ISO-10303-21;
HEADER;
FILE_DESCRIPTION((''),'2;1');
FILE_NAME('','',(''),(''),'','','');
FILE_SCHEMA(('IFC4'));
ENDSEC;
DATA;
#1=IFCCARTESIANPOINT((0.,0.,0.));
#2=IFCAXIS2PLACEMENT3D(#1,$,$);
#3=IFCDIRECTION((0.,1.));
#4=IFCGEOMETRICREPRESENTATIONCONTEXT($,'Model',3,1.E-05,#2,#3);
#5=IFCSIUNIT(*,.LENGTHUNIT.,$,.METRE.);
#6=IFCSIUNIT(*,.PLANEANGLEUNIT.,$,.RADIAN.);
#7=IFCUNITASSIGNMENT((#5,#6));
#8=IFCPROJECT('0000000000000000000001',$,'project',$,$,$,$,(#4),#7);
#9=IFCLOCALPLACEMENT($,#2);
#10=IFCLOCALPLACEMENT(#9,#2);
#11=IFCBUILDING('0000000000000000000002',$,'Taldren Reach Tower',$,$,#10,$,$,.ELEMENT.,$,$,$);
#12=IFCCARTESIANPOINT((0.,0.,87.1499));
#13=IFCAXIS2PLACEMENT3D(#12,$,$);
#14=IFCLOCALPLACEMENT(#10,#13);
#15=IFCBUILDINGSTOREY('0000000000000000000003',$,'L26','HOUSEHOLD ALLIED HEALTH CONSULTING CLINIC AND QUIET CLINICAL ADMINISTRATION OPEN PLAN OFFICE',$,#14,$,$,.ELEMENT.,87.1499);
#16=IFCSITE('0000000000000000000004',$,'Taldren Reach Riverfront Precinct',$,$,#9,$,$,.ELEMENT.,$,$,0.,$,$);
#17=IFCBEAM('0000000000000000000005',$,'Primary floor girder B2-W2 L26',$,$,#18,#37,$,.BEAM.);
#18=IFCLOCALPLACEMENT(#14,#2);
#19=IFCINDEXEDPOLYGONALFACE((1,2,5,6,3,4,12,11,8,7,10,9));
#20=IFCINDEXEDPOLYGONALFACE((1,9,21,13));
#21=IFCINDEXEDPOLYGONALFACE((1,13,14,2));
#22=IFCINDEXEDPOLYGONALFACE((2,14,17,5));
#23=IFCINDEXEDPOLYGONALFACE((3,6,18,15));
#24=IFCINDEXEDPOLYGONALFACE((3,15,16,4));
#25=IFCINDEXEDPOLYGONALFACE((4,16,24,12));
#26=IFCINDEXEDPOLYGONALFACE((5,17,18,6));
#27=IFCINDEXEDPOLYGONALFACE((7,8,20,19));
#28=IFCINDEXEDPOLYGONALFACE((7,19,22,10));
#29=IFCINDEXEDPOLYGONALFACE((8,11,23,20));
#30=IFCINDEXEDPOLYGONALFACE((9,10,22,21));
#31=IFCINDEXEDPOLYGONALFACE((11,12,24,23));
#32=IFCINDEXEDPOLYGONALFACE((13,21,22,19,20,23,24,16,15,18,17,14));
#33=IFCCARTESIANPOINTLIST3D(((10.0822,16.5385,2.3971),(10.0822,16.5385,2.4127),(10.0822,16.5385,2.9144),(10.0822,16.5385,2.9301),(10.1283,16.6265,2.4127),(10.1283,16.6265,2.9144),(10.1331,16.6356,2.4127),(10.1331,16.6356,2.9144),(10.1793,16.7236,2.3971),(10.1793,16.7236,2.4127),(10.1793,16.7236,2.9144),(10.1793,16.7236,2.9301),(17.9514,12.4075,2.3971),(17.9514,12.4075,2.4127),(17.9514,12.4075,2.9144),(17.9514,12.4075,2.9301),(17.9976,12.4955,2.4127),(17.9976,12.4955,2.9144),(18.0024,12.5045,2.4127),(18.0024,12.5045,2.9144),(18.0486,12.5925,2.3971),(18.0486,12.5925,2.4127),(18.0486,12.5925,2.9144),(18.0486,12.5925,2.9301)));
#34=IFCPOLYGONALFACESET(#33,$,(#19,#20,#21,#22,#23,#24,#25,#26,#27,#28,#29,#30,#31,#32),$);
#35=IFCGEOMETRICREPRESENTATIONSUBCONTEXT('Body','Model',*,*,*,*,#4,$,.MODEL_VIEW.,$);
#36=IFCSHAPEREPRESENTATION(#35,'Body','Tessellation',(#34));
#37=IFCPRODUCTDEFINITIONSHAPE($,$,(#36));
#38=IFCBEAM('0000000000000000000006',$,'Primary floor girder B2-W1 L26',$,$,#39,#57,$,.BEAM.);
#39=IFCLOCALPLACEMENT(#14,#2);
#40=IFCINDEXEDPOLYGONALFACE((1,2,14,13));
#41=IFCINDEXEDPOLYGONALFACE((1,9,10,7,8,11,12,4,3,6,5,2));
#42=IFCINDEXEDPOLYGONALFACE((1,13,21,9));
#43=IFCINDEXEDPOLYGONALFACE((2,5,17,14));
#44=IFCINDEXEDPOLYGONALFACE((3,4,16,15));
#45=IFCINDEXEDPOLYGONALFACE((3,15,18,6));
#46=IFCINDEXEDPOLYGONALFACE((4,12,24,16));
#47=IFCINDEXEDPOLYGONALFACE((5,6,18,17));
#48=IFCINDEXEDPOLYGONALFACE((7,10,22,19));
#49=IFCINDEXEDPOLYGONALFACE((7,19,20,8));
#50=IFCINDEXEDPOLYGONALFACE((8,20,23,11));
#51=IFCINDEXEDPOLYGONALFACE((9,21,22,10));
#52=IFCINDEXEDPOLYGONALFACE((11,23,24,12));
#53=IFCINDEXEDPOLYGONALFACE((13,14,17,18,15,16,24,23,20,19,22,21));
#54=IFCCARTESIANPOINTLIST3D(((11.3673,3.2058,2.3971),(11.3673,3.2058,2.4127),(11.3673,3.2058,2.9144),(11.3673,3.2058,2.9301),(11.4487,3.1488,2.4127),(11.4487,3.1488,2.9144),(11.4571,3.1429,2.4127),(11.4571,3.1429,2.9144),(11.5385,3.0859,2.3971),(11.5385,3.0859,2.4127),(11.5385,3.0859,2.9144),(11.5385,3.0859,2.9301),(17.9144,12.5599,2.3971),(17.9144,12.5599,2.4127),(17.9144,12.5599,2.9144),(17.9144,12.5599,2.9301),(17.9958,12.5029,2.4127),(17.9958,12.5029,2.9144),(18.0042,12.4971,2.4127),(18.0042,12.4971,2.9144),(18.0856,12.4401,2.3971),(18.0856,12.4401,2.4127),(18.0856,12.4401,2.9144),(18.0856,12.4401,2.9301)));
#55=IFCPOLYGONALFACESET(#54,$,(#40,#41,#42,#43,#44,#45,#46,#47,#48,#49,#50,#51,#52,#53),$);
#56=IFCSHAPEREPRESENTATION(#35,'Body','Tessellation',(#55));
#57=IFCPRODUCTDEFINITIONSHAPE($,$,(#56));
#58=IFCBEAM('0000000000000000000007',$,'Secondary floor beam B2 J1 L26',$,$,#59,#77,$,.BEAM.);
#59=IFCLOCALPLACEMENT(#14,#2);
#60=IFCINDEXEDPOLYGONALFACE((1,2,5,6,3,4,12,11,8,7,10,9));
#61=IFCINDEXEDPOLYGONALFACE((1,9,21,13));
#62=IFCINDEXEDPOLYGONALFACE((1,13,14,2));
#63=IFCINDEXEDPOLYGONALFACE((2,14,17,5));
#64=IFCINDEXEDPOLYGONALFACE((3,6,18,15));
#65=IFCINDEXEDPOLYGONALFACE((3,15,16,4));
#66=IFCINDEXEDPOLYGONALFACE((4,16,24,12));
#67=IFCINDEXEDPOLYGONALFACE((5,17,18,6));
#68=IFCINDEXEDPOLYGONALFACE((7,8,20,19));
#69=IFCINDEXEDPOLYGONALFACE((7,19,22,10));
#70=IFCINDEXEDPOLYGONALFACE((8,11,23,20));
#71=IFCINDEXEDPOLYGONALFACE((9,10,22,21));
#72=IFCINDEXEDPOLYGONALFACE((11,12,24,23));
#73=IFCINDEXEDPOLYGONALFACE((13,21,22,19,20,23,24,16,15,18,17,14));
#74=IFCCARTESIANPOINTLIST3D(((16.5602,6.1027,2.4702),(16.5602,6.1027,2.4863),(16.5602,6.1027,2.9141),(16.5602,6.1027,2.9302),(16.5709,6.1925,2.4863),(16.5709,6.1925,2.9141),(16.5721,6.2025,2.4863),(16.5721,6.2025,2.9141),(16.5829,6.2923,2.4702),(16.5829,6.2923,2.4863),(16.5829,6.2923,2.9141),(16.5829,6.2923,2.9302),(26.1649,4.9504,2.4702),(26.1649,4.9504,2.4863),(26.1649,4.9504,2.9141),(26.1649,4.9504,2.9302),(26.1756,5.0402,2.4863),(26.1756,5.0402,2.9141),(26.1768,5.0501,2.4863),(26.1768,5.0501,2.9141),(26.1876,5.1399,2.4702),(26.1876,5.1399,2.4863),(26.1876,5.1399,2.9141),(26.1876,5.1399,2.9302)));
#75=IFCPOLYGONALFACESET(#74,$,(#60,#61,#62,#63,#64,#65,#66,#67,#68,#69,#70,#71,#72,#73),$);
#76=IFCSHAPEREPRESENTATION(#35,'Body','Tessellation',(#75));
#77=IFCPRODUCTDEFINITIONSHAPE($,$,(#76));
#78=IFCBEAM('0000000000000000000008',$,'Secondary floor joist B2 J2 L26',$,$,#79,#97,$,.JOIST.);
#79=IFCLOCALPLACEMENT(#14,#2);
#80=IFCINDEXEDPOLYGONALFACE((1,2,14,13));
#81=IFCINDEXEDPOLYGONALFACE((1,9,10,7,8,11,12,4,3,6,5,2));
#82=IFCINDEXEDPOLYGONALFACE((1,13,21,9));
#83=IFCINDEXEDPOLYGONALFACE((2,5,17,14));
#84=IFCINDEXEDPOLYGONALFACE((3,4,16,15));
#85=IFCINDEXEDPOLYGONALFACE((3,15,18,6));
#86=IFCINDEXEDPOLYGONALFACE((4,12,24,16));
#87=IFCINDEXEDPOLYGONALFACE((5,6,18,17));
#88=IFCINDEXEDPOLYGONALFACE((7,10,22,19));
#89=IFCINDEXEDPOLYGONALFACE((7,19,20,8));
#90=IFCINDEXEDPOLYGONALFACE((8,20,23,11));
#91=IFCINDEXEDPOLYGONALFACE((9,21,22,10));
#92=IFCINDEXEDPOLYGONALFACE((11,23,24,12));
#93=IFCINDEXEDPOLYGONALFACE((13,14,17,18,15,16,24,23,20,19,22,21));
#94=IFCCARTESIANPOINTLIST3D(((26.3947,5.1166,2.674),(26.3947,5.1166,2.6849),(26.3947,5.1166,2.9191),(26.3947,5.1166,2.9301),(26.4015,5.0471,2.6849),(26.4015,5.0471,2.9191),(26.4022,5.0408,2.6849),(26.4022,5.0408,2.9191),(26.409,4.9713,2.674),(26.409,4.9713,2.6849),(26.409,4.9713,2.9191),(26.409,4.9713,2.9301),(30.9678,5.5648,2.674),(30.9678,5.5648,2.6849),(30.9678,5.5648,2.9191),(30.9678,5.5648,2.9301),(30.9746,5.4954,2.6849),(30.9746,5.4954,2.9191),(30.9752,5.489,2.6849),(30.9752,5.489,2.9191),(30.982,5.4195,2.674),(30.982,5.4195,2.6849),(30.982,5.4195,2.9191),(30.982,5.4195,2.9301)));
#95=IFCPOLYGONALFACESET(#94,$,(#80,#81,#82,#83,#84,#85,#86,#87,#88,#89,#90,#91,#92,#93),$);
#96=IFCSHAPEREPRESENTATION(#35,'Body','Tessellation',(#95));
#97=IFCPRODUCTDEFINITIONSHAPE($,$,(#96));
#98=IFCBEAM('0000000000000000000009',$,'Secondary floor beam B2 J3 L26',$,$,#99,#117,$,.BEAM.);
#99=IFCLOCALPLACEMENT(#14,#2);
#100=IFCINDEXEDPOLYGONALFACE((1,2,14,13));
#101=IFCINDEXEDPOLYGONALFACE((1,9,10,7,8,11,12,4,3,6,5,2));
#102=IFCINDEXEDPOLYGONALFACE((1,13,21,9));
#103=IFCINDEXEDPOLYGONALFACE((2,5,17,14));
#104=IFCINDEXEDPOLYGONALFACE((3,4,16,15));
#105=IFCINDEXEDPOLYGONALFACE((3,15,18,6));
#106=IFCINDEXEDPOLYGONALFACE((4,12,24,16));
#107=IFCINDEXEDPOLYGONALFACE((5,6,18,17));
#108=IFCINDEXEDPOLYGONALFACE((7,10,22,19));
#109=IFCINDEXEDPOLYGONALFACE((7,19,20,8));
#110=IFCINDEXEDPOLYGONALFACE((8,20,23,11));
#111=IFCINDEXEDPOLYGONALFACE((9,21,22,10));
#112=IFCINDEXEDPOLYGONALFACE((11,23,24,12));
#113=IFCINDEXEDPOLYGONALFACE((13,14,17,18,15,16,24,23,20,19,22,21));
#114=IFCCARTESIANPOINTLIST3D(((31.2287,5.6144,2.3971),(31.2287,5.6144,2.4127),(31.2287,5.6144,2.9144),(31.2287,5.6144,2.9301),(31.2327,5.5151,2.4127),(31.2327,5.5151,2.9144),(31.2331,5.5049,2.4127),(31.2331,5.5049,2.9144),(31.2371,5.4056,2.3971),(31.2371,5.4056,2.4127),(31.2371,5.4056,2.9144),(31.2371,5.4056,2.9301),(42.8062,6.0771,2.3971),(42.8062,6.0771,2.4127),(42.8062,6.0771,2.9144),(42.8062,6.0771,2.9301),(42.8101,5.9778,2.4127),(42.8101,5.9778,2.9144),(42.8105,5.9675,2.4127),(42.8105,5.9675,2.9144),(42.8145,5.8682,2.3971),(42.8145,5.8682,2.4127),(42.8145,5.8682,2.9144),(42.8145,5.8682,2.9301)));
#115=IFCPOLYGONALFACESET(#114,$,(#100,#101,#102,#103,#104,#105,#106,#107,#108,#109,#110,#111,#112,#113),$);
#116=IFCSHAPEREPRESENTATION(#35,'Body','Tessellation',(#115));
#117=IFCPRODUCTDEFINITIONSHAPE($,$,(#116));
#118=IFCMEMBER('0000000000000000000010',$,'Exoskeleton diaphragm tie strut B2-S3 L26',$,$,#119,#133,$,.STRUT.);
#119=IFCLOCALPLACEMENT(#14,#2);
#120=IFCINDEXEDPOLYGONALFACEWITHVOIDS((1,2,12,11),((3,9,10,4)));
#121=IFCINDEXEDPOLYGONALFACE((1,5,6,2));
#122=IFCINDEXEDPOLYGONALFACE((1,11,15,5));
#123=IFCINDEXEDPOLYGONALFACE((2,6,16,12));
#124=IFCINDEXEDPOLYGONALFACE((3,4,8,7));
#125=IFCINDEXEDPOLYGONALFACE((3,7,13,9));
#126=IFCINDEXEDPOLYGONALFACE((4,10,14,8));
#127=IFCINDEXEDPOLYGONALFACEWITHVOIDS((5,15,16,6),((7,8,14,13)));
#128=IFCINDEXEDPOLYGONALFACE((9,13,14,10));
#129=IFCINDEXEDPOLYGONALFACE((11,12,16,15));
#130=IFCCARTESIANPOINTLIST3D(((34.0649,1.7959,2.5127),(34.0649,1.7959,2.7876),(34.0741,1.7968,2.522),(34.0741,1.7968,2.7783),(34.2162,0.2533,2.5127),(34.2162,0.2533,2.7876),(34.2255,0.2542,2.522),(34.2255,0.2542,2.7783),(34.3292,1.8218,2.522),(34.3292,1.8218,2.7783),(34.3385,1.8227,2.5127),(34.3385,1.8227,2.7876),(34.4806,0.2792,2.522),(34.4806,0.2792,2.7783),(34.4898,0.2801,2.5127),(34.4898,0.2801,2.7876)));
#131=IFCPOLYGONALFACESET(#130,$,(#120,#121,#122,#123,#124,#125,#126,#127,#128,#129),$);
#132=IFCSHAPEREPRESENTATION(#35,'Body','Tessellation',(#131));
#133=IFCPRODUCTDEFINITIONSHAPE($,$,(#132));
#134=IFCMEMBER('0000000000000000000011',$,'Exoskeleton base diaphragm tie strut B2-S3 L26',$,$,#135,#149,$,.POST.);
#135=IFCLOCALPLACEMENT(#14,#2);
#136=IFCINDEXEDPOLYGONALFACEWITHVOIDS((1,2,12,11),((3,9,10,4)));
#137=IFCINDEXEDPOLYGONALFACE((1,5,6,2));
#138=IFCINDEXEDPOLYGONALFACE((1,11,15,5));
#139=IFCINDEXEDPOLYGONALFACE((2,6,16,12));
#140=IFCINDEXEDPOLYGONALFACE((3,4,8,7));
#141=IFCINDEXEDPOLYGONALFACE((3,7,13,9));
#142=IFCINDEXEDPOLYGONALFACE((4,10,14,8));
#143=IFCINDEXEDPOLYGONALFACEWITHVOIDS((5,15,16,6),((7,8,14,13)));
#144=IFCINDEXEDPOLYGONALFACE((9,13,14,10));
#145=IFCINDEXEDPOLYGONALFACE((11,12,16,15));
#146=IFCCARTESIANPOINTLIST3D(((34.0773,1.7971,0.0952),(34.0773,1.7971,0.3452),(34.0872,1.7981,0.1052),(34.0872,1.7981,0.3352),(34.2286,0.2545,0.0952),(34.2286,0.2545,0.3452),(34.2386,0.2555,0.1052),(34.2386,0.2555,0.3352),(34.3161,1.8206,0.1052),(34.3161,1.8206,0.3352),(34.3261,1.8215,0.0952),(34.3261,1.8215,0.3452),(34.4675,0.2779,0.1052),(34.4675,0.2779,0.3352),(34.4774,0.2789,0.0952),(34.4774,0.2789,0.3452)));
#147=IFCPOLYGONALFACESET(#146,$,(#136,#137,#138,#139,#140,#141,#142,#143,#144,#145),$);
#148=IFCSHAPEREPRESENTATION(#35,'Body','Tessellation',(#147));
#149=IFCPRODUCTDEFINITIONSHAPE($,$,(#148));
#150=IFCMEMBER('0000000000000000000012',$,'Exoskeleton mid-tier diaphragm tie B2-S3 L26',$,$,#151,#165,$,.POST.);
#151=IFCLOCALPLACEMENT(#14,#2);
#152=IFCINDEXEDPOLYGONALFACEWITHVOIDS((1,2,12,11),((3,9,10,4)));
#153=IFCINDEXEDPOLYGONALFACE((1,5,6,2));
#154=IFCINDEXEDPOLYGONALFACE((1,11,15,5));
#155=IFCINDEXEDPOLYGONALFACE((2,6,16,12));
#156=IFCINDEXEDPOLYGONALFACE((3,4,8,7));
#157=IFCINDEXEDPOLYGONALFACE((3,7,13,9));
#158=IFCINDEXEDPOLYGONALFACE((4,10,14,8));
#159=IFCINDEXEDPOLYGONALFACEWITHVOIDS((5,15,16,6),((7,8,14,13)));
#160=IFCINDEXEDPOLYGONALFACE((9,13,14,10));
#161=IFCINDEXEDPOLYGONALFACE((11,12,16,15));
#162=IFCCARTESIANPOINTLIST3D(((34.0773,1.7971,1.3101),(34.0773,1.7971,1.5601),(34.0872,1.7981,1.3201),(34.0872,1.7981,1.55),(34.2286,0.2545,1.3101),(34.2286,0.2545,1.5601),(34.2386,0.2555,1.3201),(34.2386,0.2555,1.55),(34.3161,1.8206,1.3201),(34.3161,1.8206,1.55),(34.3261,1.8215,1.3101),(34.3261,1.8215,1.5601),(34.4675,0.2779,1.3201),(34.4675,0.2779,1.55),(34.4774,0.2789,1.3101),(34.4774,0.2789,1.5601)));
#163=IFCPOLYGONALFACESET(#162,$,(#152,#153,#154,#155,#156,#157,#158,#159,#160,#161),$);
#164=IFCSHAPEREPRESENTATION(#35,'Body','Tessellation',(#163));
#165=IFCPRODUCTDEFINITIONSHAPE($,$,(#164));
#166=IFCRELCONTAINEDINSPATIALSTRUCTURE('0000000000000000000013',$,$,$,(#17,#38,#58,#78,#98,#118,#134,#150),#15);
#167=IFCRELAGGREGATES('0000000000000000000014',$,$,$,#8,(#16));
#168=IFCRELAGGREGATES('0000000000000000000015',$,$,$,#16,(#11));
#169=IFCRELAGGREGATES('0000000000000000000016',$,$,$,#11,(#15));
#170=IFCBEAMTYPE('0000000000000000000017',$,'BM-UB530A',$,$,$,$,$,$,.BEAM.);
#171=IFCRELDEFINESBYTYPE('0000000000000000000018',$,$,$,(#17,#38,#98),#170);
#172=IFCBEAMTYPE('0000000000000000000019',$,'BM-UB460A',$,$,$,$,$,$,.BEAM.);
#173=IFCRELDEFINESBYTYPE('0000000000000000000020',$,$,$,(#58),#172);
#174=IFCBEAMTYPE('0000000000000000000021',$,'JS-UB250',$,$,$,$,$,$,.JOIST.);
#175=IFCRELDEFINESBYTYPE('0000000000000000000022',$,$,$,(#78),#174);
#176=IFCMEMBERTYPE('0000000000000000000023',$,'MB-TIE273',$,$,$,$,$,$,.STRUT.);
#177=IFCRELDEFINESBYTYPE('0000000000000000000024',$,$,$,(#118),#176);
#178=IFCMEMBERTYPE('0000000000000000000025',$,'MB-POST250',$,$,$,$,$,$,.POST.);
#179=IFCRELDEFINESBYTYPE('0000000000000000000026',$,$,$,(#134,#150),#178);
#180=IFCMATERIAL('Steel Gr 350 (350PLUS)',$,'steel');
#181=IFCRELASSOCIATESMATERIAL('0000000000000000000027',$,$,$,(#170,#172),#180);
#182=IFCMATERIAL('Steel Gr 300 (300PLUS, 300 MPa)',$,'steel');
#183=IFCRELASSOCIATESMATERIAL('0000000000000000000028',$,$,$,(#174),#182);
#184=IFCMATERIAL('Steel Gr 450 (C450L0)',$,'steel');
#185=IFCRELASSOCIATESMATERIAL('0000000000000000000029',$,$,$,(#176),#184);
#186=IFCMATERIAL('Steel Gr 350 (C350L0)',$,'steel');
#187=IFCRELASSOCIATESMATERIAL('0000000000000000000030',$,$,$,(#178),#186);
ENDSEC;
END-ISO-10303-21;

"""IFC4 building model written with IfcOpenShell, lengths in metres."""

from ifc_helpers import new_model, si_unit, direction, frame, origin, origin_2d, place, context, subcontext, project, spatial, hollow_rectangle, i_section, extrude, source, transform, mapped, material, material_profile, profile_set, type_object, element, save


model = new_model("IFC4")

# Units and contexts
model_context = context("Model", 3, precision=1e-05, world=origin(), true_north=direction((0.0, 1.0)))
body_context = subcontext(model_context, "Body", "Model", "MODEL_VIEW")
ifc_project = project(units=[si_unit("LENGTHUNIT", "METRE"), si_unit("PLANEANGLEUNIT", "RADIAN")], contexts=[model_context])

# Site, building, storey
site_placement = place(None, origin())
site = spatial("IfcSite", under=ifc_project, at=site_placement, Name="Taldren Reach Riverfront Precinct", CompositionType="ELEMENT", RefElevation=0.0)
building_placement = place(site_placement, origin())
building = spatial("IfcBuilding", under=site, at=building_placement, Name="Taldren Reach Tower", CompositionType="ELEMENT")
storey_placement = place(building_placement, frame((0.0, 0.0, 87.1499)))
storey = spatial("IfcBuildingStorey", under=building, at=storey_placement, Name="L26", Description="HOUSEHOLD ALLIED HEALTH CONSULTING CLINIC AND QUIET CLINICAL ADMINISTRATION OPEN PLAN OFFICE", CompositionType="ELEMENT", Elevation=87.1499)

# Shared definitions
ifc_material_1 = material(Name="Steel Gr 350 (350PLUS)", Category="steel")

# Beams
ifc_material_profile_1 = material_profile(ifc_material_1, i_section(OverallWidth=0.209, OverallDepth=0.533, WebThickness=0.0103, FlangeThickness=0.0156, at=origin_2d()), Name="530UB92.4")
ifc_profile_set_1 = profile_set([ifc_material_profile_1], Name="Steel Gr 350 (350PLUS)")
beam_type_1 = type_object("IfcBeamType", Name="BM-UB530A", PredefinedType="BEAM", material=ifc_profile_set_1)
shared_shape_1 = source(origin(), body_context, "Body", "SweptSolid", [
    extrude(i_section(OverallWidth=0.209, OverallDepth=0.533, WebThickness=0.0103, FlangeThickness=0.0156, at=origin_2d()), origin(), (0.0, 0.0, 1.0), 8.8877),
])
beam_1_placement = place(storey_placement, frame((18.0, 12.5, 2.6636), z_axis=(-0.885413, 0.464805, 0.0), x_axis=(-0.464805, -0.885413, 0.0)))
element("IfcBeam", 1, at=beam_1_placement, inside=storey, type_object=beam_type_1, Name="Primary floor girder B2-W2 L26", PredefinedType="BEAM", context=body_context, shape_type="MappedRepresentation", body=[
    mapped(shared_shape_1, transform((0.0, 0.0, 0.0), scale=1.0)),
])
shared_shape_2 = source(origin(), body_context, "Body", "SweptSolid", [
    extrude(i_section(OverallWidth=0.209, OverallDepth=0.533, WebThickness=0.0103, FlangeThickness=0.0156, at=origin_2d()), origin(), (0.0, 0.0, 1.0), 11.4177),
])
beam_2_placement = place(storey_placement, frame((18.0, 12.5, 2.6636), z_axis=(-0.573412, -0.819267, 0.0), x_axis=(0.819267, -0.573412, 0.0)))
element("IfcBeam", 2, at=beam_2_placement, inside=storey, type_object=beam_type_1, Name="Primary floor girder B2-W1 L26", PredefinedType="BEAM", context=body_context, shape_type="MappedRepresentation", body=[
    mapped(shared_shape_2, transform((0.0, 0.0, 0.0), scale=1.0)),
])
ifc_material_profile_2 = material_profile(ifc_material_1, i_section(OverallWidth=0.1909, OverallDepth=0.46, WebThickness=0.01, FlangeThickness=0.0161, at=origin_2d()), Name="460UB82.1")
ifc_profile_set_2 = profile_set([ifc_material_profile_2], Name="Steel Gr 350 (350PLUS)")
beam_type_2 = type_object("IfcBeamType", Name="BM-UB460A", PredefinedType="BEAM", material=ifc_profile_set_2)
shared_shape_3 = source(origin(), body_context, "Body", "SweptSolid", [
    extrude(i_section(OverallWidth=0.1909, OverallDepth=0.46, WebThickness=0.01, FlangeThickness=0.0161, at=origin_2d()), origin(), (0.0, 0.0, 1.0), 9.6736),
])
beam_3_placement = place(storey_placement, frame((16.5715, 6.1975, 2.7002), z_axis=(0.99288, -0.119122, 0.0), x_axis=(0.119122, 0.99288, 0.0)))
element("IfcBeam", 3, at=beam_3_placement, inside=storey, type_object=beam_type_2, Name="Secondary floor beam B2 J1 L26", PredefinedType="BEAM", context=body_context, shape_type="MappedRepresentation", body=[
    mapped(shared_shape_3, transform((0.0, 0.0, 0.0), scale=1.0)),
])
ifc_material_2 = material(Name="Steel Gr 300 (300PLUS, 300 MPa)", Category="steel")
ifc_material_profile_3 = material_profile(ifc_material_2, i_section(OverallWidth=0.146, OverallDepth=0.2561, WebThickness=0.0063, FlangeThickness=0.011, at=origin_2d()), Name="250UB37.3")
ifc_profile_set_3 = profile_set([ifc_material_profile_3], Name="Steel Gr 300 (300PLUS, 300 MPa)")
beam_type_3 = type_object("IfcBeamType", Name="JS-UB250", PredefinedType="JOIST", material=ifc_profile_set_3)
shared_shape_4 = source(origin(), body_context, "Body", "SweptSolid", [
    extrude(i_section(OverallWidth=0.146, OverallDepth=0.2561, WebThickness=0.0063, FlangeThickness=0.011, at=origin_2d()), origin(), (0.0, 0.0, 1.0), 4.595),
])
beam_4_placement = place(storey_placement, frame((26.4019, 5.0439, 2.802), z_axis=(0.99523, 0.097552, 0.0), x_axis=(-0.097552, 0.99523, 0.0)))
element("IfcBeam", 4, at=beam_4_placement, inside=storey, type_object=beam_type_3, Name="Secondary floor joist B2 J2 L26", PredefinedType="JOIST", context=body_context, shape_type="MappedRepresentation", body=[
    mapped(shared_shape_4, transform((0.0, 0.0, 0.0), scale=1.0)),
])
shared_shape_5 = source(origin(), body_context, "Body", "SweptSolid", [
    extrude(i_section(OverallWidth=0.209, OverallDepth=0.533, WebThickness=0.0103, FlangeThickness=0.0156, at=origin_2d()), origin(), (0.0, 0.0, 1.0), 11.5867),
])
beam_5_placement = place(storey_placement, frame((31.2329, 5.51, 2.6636), z_axis=(0.999203, 0.039929, 0.0), x_axis=(-0.039929, 0.999203, 0.0)))
element("IfcBeam", 5, at=beam_5_placement, inside=storey, type_object=beam_type_1, Name="Secondary floor beam B2 J3 L26", PredefinedType="BEAM", context=body_context, shape_type="MappedRepresentation", body=[
    mapped(shared_shape_5, transform((0.0, 0.0, 0.0), scale=1.0)),
])

# Members
ifc_material_3 = material(Name="Steel Gr 450 (C450L0)", Category="steel")
ifc_material_profile_4 = material_profile(ifc_material_3, hollow_rectangle(XDim=0.2749, YDim=0.2749, WallThickness=0.0093, at=origin_2d()), Name="275x275x9.3SHS")
ifc_profile_set_4 = profile_set([ifc_material_profile_4], Name="Steel Gr 450 (C450L0)")
member_type_1 = type_object("IfcMemberType", Name="MB-TIE273", PredefinedType="STRUT", material=ifc_profile_set_4)
shared_shape_6 = source(origin(), body_context, "Body", "SweptSolid", [
    extrude(hollow_rectangle(XDim=0.2749, YDim=0.2749, WallThickness=0.0093, at=origin_2d()), origin(), (0.0, 0.0, 1.0), 1.55),
])
member_placement = place(storey_placement, frame((34.2017, 1.8093, 2.6501), z_axis=(0.097648, -0.995221, 0.0), x_axis=(0.995221, 0.097648, 0.0)))
element("IfcMember", 6, at=member_placement, inside=storey, type_object=member_type_1, Name="Exoskeleton diaphragm tie strut B2-S3 L26", PredefinedType="STRUT", context=body_context, shape_type="MappedRepresentation", body=[
    mapped(shared_shape_6, transform((0.0, 0.0, 0.0), scale=1.0)),
])
ifc_material_4 = material(Name="Steel Gr 350 (C350L0)", Category="steel")
ifc_material_profile_5 = material_profile(ifc_material_4, hollow_rectangle(XDim=0.25, YDim=0.25, WallThickness=0.01, at=origin_2d()), Name="250x250x10.0SHS")
ifc_profile_set_5 = profile_set([ifc_material_profile_5], Name="Steel Gr 350 (C350L0)")
member_type_2 = type_object("IfcMemberType", Name="MB-POST250", PredefinedType="POST", material=ifc_profile_set_5)
shared_shape_7 = source(origin(), body_context, "Body", "SweptSolid", [
    extrude(hollow_rectangle(XDim=0.25, YDim=0.25, WallThickness=0.01, at=origin_2d()), origin(), (0.0, 0.0, 1.0), 1.55),
])
for number, where, z_axis, x_axis, name in (
    (7, (34.2017, 1.8093, 0.2202), (0.097648, -0.995221, 0.0), (0.995221, 0.097648, 0.0), "Exoskeleton base diaphragm tie strut B2-S3 L26"),
    (8, (34.2017, 1.8093, 1.4351), (0.097648, -0.995221, 0.0), (0.995221, 0.097648, 0.0), "Exoskeleton mid-tier diaphragm tie B2-S3 L26"),
):
    element("IfcMember", number, at=place(storey_placement, frame(where, z_axis=z_axis, x_axis=x_axis)), inside=storey, type_object=member_type_2, Name=name, PredefinedType="POST", context=body_context, shape_type="MappedRepresentation", body=[
        mapped(shared_shape_7, transform((0.0, 0.0, 0.0), scale=1.0)),
    ])

save(model, "model.ifc")
